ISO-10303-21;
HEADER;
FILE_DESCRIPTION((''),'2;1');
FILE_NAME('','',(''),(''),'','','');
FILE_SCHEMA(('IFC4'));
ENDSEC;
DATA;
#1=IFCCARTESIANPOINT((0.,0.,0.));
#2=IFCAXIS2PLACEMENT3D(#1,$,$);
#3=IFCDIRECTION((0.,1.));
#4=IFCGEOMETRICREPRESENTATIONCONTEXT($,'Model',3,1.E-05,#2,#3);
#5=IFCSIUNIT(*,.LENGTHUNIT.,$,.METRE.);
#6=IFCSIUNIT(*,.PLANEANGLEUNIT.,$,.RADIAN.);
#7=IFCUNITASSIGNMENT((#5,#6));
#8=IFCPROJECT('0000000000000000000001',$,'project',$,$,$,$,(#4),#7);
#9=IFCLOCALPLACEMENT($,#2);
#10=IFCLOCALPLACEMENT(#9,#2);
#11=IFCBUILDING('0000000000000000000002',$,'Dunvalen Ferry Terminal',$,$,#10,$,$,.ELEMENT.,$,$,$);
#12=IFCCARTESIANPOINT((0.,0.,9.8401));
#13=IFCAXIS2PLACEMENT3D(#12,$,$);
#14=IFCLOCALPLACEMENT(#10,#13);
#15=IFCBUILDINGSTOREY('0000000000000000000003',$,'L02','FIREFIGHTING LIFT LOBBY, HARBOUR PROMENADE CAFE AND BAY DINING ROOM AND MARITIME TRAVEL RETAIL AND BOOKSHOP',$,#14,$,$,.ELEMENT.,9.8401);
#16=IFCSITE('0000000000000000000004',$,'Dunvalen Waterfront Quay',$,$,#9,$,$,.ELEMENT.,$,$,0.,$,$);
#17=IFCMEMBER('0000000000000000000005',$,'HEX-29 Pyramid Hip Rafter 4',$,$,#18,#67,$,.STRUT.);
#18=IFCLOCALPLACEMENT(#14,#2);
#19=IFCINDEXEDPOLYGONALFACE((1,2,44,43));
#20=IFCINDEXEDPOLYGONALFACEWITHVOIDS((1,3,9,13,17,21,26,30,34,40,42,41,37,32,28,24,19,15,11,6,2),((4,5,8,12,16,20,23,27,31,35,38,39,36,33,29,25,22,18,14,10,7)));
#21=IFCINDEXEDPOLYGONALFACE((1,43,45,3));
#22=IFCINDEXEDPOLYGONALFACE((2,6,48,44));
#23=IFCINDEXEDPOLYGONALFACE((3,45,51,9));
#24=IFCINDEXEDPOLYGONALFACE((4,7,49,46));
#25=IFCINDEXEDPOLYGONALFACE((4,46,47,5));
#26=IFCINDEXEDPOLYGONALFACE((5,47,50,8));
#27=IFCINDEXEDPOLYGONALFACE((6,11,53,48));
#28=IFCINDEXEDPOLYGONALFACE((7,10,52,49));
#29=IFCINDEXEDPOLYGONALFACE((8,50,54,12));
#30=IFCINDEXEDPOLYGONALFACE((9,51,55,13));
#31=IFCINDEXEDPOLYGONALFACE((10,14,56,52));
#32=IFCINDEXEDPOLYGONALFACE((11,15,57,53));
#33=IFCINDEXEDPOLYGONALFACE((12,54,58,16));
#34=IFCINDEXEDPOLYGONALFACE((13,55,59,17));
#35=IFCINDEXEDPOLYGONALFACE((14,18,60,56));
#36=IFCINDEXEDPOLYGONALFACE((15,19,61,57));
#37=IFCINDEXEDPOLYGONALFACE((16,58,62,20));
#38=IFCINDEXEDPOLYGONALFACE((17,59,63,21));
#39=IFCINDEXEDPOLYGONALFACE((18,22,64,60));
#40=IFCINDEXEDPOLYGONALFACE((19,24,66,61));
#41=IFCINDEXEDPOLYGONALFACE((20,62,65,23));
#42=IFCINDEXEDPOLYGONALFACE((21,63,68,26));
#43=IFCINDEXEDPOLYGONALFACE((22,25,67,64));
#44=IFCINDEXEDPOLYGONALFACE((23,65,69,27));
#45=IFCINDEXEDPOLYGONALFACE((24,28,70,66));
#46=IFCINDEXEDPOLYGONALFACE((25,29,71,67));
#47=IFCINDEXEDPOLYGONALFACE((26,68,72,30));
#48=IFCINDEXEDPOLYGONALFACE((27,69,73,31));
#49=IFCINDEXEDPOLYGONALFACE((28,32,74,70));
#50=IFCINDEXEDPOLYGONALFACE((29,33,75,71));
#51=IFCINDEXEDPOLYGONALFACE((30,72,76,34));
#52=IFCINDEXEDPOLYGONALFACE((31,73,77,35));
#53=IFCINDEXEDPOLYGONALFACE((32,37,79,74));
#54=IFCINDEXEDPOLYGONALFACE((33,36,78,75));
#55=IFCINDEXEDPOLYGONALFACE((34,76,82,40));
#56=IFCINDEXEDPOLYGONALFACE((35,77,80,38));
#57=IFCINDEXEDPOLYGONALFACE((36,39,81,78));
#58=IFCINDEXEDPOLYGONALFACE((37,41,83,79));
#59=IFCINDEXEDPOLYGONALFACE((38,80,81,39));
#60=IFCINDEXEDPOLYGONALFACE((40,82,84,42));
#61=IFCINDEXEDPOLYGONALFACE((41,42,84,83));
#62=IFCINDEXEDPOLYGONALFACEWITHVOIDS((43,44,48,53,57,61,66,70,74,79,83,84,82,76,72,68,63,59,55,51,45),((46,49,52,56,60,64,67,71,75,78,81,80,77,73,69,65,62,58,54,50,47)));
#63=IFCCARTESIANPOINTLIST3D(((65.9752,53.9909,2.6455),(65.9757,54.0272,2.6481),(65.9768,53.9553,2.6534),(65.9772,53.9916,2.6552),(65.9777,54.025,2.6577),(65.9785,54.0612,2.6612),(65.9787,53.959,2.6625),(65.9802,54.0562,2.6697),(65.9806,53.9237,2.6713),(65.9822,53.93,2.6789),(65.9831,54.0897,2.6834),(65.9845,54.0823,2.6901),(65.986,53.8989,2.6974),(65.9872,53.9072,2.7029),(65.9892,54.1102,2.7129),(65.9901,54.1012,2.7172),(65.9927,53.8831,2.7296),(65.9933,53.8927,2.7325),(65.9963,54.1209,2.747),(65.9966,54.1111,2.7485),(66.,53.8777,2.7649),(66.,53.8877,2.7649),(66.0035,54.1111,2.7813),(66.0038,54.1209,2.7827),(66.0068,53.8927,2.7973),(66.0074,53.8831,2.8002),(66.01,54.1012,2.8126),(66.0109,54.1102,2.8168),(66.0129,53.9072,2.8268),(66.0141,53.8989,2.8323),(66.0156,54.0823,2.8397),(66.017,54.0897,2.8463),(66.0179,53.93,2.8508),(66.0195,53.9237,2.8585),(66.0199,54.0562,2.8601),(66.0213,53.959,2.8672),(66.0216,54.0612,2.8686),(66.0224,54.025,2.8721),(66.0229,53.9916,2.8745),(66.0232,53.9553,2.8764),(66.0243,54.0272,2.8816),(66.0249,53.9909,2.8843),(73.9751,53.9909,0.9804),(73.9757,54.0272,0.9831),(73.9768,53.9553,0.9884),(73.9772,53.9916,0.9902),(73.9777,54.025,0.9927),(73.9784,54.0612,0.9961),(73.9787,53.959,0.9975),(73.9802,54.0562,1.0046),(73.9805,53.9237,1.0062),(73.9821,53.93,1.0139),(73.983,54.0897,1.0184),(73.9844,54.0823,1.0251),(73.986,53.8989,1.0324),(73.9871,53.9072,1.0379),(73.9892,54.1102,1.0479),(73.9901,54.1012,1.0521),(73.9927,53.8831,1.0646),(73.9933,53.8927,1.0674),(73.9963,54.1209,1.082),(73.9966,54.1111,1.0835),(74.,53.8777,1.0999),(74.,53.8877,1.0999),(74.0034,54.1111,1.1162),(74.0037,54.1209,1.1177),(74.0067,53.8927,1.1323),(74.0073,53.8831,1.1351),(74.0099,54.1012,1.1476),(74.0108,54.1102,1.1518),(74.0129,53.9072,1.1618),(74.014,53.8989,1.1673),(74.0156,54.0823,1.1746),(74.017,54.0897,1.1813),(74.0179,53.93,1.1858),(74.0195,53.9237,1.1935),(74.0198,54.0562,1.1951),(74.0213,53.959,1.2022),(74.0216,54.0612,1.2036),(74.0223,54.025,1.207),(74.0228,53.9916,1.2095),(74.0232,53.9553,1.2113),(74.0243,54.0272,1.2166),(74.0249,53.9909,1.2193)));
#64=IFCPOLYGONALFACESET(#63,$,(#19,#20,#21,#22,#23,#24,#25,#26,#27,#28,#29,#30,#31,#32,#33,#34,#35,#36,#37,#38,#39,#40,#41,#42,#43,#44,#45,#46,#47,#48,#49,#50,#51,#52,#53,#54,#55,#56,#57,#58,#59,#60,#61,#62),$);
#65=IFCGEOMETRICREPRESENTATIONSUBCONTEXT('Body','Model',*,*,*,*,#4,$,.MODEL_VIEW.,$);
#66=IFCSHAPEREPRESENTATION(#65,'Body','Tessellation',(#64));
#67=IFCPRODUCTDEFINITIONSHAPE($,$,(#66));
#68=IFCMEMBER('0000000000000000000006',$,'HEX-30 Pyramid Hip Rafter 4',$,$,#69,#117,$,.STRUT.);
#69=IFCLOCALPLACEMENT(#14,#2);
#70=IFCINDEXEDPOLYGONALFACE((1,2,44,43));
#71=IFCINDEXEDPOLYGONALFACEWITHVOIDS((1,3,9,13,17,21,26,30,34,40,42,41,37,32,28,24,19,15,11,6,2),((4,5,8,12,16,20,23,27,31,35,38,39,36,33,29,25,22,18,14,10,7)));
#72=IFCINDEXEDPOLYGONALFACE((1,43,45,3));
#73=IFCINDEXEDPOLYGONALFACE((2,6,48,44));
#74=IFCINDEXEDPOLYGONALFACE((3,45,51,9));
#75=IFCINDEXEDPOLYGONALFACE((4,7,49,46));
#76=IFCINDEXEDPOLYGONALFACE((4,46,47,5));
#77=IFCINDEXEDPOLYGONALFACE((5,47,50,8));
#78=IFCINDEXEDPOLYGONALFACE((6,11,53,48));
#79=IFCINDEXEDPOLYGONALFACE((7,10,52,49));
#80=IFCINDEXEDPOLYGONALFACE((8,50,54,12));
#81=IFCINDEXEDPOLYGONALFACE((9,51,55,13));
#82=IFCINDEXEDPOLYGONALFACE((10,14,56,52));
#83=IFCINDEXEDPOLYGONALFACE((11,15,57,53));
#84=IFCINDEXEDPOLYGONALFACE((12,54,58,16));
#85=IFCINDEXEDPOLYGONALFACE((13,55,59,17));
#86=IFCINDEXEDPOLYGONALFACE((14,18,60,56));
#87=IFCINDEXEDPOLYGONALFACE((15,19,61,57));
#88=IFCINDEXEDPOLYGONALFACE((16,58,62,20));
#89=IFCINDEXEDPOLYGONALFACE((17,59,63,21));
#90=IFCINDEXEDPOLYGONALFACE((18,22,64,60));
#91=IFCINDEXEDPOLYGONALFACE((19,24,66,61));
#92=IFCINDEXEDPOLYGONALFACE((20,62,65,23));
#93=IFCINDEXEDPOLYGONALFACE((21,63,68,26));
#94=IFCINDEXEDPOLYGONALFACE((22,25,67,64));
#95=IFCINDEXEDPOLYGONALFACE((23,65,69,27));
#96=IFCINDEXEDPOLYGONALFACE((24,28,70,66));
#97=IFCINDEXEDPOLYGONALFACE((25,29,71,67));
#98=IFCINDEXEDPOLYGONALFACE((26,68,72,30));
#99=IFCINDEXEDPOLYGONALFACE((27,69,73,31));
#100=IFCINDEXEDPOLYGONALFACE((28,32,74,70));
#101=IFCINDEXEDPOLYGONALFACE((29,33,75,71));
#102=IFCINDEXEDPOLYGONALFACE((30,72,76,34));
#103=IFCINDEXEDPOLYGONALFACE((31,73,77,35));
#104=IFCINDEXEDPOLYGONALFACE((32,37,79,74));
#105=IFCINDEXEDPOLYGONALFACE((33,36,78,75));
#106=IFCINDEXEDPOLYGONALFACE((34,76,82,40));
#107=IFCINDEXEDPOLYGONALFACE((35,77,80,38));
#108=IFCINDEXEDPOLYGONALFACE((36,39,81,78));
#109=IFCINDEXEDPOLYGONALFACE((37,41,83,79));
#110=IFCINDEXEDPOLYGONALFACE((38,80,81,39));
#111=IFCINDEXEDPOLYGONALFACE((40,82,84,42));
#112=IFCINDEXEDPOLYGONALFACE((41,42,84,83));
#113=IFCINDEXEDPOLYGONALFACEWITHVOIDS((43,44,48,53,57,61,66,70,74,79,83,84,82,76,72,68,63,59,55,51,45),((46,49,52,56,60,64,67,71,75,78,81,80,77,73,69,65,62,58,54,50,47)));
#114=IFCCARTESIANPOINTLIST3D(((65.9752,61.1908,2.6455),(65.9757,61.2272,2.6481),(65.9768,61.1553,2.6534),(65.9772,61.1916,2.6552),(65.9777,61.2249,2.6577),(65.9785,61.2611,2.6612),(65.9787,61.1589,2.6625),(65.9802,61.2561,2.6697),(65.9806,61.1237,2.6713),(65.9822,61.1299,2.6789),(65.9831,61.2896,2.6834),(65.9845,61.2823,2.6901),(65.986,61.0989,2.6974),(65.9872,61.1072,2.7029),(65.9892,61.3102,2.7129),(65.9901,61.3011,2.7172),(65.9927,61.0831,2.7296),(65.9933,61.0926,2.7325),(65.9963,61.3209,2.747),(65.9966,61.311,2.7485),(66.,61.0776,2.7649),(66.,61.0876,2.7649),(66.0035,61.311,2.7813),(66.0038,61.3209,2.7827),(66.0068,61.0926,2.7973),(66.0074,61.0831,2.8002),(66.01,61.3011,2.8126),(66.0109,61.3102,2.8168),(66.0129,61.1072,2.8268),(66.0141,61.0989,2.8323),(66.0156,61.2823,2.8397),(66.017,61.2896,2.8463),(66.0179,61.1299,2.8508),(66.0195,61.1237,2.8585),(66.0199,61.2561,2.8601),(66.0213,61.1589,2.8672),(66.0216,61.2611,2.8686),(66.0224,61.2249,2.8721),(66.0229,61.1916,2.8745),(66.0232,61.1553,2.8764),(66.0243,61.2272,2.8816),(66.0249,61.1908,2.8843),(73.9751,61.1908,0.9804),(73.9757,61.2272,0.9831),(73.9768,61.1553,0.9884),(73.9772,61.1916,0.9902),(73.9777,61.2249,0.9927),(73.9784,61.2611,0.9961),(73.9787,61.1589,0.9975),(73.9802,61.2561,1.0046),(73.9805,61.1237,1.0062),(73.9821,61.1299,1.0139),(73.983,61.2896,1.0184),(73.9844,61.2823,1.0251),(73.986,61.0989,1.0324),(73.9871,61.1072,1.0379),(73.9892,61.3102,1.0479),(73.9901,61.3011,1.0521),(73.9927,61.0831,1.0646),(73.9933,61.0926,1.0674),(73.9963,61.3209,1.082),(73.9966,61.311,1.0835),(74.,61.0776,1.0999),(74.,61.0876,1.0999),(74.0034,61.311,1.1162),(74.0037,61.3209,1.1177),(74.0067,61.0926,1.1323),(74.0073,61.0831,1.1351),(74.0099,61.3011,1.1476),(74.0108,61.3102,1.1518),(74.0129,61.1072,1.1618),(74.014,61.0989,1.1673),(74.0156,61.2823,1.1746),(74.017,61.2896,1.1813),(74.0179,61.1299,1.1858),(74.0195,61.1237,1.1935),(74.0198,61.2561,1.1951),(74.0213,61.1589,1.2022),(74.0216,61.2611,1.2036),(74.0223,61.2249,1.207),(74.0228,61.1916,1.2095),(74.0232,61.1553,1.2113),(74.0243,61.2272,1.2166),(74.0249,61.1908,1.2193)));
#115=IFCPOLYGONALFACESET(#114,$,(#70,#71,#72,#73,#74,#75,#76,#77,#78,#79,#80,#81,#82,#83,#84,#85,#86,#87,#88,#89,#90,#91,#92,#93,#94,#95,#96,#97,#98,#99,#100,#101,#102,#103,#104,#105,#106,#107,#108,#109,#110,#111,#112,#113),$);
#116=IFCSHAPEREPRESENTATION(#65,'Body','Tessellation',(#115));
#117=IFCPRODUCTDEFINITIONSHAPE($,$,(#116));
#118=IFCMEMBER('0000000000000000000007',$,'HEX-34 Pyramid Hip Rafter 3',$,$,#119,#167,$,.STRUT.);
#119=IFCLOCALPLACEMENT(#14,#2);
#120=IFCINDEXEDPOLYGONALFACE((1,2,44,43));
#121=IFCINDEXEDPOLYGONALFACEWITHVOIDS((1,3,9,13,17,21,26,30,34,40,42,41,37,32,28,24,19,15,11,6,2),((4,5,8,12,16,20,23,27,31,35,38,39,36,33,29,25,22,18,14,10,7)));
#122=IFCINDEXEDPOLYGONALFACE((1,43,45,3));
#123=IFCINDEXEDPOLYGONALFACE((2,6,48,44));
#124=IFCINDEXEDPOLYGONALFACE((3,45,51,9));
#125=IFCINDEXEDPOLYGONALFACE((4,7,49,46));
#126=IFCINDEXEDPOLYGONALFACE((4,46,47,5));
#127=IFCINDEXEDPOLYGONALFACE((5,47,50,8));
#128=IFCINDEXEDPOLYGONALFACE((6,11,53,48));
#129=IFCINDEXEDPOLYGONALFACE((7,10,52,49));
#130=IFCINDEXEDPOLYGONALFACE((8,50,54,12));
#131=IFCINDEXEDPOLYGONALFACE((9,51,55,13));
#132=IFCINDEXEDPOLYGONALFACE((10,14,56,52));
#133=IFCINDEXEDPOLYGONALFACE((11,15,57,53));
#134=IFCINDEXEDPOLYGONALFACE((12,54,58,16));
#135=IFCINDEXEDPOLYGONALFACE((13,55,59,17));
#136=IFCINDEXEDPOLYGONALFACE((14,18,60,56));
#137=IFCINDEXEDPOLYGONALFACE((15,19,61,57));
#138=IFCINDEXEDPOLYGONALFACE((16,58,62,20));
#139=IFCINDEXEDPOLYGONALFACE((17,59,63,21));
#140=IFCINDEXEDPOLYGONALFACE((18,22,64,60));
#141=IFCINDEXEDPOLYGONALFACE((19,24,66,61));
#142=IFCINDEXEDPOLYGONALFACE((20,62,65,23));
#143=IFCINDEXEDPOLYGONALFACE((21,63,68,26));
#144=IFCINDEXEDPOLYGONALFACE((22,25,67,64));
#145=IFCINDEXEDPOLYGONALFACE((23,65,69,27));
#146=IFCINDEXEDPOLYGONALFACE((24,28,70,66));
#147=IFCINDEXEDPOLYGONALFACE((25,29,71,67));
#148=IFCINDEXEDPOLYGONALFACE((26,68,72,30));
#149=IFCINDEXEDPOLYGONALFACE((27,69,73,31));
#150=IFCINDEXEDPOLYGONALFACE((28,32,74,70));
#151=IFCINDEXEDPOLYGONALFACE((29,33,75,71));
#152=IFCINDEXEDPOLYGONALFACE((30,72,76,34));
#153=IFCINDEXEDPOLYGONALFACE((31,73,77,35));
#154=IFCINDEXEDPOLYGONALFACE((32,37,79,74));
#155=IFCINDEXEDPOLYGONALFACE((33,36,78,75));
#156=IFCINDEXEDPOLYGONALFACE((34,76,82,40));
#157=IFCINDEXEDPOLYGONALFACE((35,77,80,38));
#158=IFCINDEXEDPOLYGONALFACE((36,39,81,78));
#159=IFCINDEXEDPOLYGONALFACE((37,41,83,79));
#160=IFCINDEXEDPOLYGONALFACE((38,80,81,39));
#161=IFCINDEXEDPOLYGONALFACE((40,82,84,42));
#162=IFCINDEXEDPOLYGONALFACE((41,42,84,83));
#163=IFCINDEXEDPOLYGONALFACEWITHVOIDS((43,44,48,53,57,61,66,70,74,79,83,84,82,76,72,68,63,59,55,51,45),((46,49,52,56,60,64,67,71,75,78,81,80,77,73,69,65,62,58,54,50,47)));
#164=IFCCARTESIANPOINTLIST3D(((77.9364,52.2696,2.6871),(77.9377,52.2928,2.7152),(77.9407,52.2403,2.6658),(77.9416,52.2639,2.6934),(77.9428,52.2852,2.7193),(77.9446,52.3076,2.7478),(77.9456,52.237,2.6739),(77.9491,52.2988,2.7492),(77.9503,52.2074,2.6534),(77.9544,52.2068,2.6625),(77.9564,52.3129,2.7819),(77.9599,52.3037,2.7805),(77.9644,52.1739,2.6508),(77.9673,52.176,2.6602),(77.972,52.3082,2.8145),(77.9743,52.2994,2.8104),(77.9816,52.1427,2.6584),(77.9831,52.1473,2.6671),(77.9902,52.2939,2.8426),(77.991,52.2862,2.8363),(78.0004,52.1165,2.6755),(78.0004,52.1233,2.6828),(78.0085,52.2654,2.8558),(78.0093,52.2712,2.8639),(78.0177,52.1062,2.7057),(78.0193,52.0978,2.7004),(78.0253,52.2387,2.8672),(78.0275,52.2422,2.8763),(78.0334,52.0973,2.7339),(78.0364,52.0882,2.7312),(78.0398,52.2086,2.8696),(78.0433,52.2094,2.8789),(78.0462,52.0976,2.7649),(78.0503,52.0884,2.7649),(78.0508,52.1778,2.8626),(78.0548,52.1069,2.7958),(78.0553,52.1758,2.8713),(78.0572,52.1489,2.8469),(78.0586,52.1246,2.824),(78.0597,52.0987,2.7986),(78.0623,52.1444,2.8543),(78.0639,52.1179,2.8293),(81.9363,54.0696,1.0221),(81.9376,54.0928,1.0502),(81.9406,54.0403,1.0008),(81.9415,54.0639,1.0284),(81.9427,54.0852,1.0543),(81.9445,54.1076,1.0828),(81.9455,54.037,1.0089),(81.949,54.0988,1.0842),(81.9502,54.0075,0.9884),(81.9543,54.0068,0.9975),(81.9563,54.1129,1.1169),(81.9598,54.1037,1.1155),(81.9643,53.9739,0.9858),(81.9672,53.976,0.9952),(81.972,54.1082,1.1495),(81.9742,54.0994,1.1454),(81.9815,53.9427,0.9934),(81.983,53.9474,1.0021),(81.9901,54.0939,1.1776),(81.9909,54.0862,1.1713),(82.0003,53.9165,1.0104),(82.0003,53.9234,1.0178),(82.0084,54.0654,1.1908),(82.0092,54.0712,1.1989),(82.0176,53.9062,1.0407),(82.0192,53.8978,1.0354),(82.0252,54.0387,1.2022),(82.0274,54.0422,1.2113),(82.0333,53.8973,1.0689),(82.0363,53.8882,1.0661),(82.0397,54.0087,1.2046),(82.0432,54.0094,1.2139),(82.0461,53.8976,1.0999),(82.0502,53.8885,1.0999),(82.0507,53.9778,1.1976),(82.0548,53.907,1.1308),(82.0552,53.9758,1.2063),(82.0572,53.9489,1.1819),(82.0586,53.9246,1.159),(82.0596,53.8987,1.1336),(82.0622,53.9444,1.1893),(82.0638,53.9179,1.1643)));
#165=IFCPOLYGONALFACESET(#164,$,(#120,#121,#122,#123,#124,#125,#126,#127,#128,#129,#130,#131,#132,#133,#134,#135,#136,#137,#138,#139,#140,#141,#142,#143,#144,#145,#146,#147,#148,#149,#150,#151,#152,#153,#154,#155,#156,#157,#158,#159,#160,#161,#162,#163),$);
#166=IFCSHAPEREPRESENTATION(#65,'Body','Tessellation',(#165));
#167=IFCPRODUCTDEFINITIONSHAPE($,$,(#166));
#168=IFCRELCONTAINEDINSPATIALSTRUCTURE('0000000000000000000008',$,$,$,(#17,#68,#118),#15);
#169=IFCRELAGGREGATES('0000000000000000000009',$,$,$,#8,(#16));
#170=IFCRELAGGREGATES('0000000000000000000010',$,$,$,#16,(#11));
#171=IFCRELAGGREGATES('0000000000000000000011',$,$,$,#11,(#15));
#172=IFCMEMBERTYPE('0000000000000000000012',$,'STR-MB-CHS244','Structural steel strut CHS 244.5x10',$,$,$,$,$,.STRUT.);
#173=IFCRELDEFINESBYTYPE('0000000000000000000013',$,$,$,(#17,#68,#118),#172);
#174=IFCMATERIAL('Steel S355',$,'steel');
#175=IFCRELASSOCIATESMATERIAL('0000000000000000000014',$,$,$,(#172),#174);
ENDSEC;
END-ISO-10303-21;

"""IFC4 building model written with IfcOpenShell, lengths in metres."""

from ifc_helpers import new_model, si_unit, direction, frame, origin, origin_2d, place, context, subcontext, project, spatial, hollow_circle, extrude, material, material_profile, profile_set, type_object, element, save


model = new_model("IFC4")

# Units and contexts
model_context = context("Model", 3, precision=1e-05, world=origin(), true_north=direction((0.0, 1.0)))
body_context = subcontext(model_context, "Body", "Model", "MODEL_VIEW")
ifc_project = project(units=[si_unit("LENGTHUNIT", "METRE"), si_unit("PLANEANGLEUNIT", "RADIAN")], contexts=[model_context])

# Site, building, storey
site_placement = place(None, origin())
site = spatial("IfcSite", under=ifc_project, at=site_placement, Name="Dunvalen Waterfront Quay", CompositionType="ELEMENT", RefElevation=0.0)
building_placement = place(site_placement, origin())
building = spatial("IfcBuilding", under=site, at=building_placement, Name="Dunvalen Ferry Terminal", CompositionType="ELEMENT")
storey_placement = place(building_placement, frame((0.0, 0.0, 9.8401)))
storey = spatial("IfcBuildingStorey", under=building, at=storey_placement, Name="L02", Description="FIREFIGHTING LIFT LOBBY, HARBOUR PROMENADE CAFE AND BAY DINING ROOM AND MARITIME TRAVEL RETAIL AND BOOKSHOP", CompositionType="ELEMENT", Elevation=9.8401)

# Shared definitions
ifc_material_1 = material(Name="Steel S355", Category="steel")

# Members
ifc_material_profile_1 = material_profile(ifc_material_1, hollow_circle(Radius=0.1223, WallThickness=0.01, at=origin_2d()), Name="Steel S355")
ifc_profile_set_1 = profile_set([ifc_material_profile_1], Name="Steel S355")
member_type_1 = type_object("IfcMemberType", Name="STR-MB-CHS244", Description="Structural steel strut CHS 244.5x10", PredefinedType="STRUT", material=ifc_profile_set_1)
for number, where, z_axis, x_axis, name in (
    (1, (74.0, 54.0, 1.0999), (-0.97902, 0.0, 0.203763), (0.0, -1.0, 0.0), "HEX-29 Pyramid Hip Rafter 4"),
    (2, (74.0, 61.2, 1.0999), (-0.97902, 0.0, 0.203763), (0.0, -1.0, 0.0), "HEX-30 Pyramid Hip Rafter 4"),
):
    element("IfcMember", number, at=place(storey_placement, frame(where, z_axis=z_axis, x_axis=x_axis)), inside=storey, type_object=member_type_1, Name=name, PredefinedType="STRUT", context=body_context, shape_type="SweptSolid", body=[
        extrude(hollow_circle(Radius=0.1223, WallThickness=0.01, at=origin_2d()), origin(), (0.0, 0.0, 1.0), 8.1714),
    ])
for number, where, z_axis, x_axis, name in (
    (3, (82.0, 54.0, 1.0999), (-0.85256, -0.383662, 0.354886), (0.410374, -0.911917, 0.0), "HEX-34 Pyramid Hip Rafter 3"),
):
    element("IfcMember", number, at=place(storey_placement, frame(where, z_axis=z_axis, x_axis=x_axis)), inside=storey, type_object=member_type_1, Name=name, PredefinedType="STRUT", context=body_context, shape_type="SweptSolid", body=[
        extrude(hollow_circle(Radius=0.1223, WallThickness=0.01, at=origin_2d()), origin(), (0.0, 0.0, 1.0), 4.6917),
    ])

save(model, "model.ifc")
